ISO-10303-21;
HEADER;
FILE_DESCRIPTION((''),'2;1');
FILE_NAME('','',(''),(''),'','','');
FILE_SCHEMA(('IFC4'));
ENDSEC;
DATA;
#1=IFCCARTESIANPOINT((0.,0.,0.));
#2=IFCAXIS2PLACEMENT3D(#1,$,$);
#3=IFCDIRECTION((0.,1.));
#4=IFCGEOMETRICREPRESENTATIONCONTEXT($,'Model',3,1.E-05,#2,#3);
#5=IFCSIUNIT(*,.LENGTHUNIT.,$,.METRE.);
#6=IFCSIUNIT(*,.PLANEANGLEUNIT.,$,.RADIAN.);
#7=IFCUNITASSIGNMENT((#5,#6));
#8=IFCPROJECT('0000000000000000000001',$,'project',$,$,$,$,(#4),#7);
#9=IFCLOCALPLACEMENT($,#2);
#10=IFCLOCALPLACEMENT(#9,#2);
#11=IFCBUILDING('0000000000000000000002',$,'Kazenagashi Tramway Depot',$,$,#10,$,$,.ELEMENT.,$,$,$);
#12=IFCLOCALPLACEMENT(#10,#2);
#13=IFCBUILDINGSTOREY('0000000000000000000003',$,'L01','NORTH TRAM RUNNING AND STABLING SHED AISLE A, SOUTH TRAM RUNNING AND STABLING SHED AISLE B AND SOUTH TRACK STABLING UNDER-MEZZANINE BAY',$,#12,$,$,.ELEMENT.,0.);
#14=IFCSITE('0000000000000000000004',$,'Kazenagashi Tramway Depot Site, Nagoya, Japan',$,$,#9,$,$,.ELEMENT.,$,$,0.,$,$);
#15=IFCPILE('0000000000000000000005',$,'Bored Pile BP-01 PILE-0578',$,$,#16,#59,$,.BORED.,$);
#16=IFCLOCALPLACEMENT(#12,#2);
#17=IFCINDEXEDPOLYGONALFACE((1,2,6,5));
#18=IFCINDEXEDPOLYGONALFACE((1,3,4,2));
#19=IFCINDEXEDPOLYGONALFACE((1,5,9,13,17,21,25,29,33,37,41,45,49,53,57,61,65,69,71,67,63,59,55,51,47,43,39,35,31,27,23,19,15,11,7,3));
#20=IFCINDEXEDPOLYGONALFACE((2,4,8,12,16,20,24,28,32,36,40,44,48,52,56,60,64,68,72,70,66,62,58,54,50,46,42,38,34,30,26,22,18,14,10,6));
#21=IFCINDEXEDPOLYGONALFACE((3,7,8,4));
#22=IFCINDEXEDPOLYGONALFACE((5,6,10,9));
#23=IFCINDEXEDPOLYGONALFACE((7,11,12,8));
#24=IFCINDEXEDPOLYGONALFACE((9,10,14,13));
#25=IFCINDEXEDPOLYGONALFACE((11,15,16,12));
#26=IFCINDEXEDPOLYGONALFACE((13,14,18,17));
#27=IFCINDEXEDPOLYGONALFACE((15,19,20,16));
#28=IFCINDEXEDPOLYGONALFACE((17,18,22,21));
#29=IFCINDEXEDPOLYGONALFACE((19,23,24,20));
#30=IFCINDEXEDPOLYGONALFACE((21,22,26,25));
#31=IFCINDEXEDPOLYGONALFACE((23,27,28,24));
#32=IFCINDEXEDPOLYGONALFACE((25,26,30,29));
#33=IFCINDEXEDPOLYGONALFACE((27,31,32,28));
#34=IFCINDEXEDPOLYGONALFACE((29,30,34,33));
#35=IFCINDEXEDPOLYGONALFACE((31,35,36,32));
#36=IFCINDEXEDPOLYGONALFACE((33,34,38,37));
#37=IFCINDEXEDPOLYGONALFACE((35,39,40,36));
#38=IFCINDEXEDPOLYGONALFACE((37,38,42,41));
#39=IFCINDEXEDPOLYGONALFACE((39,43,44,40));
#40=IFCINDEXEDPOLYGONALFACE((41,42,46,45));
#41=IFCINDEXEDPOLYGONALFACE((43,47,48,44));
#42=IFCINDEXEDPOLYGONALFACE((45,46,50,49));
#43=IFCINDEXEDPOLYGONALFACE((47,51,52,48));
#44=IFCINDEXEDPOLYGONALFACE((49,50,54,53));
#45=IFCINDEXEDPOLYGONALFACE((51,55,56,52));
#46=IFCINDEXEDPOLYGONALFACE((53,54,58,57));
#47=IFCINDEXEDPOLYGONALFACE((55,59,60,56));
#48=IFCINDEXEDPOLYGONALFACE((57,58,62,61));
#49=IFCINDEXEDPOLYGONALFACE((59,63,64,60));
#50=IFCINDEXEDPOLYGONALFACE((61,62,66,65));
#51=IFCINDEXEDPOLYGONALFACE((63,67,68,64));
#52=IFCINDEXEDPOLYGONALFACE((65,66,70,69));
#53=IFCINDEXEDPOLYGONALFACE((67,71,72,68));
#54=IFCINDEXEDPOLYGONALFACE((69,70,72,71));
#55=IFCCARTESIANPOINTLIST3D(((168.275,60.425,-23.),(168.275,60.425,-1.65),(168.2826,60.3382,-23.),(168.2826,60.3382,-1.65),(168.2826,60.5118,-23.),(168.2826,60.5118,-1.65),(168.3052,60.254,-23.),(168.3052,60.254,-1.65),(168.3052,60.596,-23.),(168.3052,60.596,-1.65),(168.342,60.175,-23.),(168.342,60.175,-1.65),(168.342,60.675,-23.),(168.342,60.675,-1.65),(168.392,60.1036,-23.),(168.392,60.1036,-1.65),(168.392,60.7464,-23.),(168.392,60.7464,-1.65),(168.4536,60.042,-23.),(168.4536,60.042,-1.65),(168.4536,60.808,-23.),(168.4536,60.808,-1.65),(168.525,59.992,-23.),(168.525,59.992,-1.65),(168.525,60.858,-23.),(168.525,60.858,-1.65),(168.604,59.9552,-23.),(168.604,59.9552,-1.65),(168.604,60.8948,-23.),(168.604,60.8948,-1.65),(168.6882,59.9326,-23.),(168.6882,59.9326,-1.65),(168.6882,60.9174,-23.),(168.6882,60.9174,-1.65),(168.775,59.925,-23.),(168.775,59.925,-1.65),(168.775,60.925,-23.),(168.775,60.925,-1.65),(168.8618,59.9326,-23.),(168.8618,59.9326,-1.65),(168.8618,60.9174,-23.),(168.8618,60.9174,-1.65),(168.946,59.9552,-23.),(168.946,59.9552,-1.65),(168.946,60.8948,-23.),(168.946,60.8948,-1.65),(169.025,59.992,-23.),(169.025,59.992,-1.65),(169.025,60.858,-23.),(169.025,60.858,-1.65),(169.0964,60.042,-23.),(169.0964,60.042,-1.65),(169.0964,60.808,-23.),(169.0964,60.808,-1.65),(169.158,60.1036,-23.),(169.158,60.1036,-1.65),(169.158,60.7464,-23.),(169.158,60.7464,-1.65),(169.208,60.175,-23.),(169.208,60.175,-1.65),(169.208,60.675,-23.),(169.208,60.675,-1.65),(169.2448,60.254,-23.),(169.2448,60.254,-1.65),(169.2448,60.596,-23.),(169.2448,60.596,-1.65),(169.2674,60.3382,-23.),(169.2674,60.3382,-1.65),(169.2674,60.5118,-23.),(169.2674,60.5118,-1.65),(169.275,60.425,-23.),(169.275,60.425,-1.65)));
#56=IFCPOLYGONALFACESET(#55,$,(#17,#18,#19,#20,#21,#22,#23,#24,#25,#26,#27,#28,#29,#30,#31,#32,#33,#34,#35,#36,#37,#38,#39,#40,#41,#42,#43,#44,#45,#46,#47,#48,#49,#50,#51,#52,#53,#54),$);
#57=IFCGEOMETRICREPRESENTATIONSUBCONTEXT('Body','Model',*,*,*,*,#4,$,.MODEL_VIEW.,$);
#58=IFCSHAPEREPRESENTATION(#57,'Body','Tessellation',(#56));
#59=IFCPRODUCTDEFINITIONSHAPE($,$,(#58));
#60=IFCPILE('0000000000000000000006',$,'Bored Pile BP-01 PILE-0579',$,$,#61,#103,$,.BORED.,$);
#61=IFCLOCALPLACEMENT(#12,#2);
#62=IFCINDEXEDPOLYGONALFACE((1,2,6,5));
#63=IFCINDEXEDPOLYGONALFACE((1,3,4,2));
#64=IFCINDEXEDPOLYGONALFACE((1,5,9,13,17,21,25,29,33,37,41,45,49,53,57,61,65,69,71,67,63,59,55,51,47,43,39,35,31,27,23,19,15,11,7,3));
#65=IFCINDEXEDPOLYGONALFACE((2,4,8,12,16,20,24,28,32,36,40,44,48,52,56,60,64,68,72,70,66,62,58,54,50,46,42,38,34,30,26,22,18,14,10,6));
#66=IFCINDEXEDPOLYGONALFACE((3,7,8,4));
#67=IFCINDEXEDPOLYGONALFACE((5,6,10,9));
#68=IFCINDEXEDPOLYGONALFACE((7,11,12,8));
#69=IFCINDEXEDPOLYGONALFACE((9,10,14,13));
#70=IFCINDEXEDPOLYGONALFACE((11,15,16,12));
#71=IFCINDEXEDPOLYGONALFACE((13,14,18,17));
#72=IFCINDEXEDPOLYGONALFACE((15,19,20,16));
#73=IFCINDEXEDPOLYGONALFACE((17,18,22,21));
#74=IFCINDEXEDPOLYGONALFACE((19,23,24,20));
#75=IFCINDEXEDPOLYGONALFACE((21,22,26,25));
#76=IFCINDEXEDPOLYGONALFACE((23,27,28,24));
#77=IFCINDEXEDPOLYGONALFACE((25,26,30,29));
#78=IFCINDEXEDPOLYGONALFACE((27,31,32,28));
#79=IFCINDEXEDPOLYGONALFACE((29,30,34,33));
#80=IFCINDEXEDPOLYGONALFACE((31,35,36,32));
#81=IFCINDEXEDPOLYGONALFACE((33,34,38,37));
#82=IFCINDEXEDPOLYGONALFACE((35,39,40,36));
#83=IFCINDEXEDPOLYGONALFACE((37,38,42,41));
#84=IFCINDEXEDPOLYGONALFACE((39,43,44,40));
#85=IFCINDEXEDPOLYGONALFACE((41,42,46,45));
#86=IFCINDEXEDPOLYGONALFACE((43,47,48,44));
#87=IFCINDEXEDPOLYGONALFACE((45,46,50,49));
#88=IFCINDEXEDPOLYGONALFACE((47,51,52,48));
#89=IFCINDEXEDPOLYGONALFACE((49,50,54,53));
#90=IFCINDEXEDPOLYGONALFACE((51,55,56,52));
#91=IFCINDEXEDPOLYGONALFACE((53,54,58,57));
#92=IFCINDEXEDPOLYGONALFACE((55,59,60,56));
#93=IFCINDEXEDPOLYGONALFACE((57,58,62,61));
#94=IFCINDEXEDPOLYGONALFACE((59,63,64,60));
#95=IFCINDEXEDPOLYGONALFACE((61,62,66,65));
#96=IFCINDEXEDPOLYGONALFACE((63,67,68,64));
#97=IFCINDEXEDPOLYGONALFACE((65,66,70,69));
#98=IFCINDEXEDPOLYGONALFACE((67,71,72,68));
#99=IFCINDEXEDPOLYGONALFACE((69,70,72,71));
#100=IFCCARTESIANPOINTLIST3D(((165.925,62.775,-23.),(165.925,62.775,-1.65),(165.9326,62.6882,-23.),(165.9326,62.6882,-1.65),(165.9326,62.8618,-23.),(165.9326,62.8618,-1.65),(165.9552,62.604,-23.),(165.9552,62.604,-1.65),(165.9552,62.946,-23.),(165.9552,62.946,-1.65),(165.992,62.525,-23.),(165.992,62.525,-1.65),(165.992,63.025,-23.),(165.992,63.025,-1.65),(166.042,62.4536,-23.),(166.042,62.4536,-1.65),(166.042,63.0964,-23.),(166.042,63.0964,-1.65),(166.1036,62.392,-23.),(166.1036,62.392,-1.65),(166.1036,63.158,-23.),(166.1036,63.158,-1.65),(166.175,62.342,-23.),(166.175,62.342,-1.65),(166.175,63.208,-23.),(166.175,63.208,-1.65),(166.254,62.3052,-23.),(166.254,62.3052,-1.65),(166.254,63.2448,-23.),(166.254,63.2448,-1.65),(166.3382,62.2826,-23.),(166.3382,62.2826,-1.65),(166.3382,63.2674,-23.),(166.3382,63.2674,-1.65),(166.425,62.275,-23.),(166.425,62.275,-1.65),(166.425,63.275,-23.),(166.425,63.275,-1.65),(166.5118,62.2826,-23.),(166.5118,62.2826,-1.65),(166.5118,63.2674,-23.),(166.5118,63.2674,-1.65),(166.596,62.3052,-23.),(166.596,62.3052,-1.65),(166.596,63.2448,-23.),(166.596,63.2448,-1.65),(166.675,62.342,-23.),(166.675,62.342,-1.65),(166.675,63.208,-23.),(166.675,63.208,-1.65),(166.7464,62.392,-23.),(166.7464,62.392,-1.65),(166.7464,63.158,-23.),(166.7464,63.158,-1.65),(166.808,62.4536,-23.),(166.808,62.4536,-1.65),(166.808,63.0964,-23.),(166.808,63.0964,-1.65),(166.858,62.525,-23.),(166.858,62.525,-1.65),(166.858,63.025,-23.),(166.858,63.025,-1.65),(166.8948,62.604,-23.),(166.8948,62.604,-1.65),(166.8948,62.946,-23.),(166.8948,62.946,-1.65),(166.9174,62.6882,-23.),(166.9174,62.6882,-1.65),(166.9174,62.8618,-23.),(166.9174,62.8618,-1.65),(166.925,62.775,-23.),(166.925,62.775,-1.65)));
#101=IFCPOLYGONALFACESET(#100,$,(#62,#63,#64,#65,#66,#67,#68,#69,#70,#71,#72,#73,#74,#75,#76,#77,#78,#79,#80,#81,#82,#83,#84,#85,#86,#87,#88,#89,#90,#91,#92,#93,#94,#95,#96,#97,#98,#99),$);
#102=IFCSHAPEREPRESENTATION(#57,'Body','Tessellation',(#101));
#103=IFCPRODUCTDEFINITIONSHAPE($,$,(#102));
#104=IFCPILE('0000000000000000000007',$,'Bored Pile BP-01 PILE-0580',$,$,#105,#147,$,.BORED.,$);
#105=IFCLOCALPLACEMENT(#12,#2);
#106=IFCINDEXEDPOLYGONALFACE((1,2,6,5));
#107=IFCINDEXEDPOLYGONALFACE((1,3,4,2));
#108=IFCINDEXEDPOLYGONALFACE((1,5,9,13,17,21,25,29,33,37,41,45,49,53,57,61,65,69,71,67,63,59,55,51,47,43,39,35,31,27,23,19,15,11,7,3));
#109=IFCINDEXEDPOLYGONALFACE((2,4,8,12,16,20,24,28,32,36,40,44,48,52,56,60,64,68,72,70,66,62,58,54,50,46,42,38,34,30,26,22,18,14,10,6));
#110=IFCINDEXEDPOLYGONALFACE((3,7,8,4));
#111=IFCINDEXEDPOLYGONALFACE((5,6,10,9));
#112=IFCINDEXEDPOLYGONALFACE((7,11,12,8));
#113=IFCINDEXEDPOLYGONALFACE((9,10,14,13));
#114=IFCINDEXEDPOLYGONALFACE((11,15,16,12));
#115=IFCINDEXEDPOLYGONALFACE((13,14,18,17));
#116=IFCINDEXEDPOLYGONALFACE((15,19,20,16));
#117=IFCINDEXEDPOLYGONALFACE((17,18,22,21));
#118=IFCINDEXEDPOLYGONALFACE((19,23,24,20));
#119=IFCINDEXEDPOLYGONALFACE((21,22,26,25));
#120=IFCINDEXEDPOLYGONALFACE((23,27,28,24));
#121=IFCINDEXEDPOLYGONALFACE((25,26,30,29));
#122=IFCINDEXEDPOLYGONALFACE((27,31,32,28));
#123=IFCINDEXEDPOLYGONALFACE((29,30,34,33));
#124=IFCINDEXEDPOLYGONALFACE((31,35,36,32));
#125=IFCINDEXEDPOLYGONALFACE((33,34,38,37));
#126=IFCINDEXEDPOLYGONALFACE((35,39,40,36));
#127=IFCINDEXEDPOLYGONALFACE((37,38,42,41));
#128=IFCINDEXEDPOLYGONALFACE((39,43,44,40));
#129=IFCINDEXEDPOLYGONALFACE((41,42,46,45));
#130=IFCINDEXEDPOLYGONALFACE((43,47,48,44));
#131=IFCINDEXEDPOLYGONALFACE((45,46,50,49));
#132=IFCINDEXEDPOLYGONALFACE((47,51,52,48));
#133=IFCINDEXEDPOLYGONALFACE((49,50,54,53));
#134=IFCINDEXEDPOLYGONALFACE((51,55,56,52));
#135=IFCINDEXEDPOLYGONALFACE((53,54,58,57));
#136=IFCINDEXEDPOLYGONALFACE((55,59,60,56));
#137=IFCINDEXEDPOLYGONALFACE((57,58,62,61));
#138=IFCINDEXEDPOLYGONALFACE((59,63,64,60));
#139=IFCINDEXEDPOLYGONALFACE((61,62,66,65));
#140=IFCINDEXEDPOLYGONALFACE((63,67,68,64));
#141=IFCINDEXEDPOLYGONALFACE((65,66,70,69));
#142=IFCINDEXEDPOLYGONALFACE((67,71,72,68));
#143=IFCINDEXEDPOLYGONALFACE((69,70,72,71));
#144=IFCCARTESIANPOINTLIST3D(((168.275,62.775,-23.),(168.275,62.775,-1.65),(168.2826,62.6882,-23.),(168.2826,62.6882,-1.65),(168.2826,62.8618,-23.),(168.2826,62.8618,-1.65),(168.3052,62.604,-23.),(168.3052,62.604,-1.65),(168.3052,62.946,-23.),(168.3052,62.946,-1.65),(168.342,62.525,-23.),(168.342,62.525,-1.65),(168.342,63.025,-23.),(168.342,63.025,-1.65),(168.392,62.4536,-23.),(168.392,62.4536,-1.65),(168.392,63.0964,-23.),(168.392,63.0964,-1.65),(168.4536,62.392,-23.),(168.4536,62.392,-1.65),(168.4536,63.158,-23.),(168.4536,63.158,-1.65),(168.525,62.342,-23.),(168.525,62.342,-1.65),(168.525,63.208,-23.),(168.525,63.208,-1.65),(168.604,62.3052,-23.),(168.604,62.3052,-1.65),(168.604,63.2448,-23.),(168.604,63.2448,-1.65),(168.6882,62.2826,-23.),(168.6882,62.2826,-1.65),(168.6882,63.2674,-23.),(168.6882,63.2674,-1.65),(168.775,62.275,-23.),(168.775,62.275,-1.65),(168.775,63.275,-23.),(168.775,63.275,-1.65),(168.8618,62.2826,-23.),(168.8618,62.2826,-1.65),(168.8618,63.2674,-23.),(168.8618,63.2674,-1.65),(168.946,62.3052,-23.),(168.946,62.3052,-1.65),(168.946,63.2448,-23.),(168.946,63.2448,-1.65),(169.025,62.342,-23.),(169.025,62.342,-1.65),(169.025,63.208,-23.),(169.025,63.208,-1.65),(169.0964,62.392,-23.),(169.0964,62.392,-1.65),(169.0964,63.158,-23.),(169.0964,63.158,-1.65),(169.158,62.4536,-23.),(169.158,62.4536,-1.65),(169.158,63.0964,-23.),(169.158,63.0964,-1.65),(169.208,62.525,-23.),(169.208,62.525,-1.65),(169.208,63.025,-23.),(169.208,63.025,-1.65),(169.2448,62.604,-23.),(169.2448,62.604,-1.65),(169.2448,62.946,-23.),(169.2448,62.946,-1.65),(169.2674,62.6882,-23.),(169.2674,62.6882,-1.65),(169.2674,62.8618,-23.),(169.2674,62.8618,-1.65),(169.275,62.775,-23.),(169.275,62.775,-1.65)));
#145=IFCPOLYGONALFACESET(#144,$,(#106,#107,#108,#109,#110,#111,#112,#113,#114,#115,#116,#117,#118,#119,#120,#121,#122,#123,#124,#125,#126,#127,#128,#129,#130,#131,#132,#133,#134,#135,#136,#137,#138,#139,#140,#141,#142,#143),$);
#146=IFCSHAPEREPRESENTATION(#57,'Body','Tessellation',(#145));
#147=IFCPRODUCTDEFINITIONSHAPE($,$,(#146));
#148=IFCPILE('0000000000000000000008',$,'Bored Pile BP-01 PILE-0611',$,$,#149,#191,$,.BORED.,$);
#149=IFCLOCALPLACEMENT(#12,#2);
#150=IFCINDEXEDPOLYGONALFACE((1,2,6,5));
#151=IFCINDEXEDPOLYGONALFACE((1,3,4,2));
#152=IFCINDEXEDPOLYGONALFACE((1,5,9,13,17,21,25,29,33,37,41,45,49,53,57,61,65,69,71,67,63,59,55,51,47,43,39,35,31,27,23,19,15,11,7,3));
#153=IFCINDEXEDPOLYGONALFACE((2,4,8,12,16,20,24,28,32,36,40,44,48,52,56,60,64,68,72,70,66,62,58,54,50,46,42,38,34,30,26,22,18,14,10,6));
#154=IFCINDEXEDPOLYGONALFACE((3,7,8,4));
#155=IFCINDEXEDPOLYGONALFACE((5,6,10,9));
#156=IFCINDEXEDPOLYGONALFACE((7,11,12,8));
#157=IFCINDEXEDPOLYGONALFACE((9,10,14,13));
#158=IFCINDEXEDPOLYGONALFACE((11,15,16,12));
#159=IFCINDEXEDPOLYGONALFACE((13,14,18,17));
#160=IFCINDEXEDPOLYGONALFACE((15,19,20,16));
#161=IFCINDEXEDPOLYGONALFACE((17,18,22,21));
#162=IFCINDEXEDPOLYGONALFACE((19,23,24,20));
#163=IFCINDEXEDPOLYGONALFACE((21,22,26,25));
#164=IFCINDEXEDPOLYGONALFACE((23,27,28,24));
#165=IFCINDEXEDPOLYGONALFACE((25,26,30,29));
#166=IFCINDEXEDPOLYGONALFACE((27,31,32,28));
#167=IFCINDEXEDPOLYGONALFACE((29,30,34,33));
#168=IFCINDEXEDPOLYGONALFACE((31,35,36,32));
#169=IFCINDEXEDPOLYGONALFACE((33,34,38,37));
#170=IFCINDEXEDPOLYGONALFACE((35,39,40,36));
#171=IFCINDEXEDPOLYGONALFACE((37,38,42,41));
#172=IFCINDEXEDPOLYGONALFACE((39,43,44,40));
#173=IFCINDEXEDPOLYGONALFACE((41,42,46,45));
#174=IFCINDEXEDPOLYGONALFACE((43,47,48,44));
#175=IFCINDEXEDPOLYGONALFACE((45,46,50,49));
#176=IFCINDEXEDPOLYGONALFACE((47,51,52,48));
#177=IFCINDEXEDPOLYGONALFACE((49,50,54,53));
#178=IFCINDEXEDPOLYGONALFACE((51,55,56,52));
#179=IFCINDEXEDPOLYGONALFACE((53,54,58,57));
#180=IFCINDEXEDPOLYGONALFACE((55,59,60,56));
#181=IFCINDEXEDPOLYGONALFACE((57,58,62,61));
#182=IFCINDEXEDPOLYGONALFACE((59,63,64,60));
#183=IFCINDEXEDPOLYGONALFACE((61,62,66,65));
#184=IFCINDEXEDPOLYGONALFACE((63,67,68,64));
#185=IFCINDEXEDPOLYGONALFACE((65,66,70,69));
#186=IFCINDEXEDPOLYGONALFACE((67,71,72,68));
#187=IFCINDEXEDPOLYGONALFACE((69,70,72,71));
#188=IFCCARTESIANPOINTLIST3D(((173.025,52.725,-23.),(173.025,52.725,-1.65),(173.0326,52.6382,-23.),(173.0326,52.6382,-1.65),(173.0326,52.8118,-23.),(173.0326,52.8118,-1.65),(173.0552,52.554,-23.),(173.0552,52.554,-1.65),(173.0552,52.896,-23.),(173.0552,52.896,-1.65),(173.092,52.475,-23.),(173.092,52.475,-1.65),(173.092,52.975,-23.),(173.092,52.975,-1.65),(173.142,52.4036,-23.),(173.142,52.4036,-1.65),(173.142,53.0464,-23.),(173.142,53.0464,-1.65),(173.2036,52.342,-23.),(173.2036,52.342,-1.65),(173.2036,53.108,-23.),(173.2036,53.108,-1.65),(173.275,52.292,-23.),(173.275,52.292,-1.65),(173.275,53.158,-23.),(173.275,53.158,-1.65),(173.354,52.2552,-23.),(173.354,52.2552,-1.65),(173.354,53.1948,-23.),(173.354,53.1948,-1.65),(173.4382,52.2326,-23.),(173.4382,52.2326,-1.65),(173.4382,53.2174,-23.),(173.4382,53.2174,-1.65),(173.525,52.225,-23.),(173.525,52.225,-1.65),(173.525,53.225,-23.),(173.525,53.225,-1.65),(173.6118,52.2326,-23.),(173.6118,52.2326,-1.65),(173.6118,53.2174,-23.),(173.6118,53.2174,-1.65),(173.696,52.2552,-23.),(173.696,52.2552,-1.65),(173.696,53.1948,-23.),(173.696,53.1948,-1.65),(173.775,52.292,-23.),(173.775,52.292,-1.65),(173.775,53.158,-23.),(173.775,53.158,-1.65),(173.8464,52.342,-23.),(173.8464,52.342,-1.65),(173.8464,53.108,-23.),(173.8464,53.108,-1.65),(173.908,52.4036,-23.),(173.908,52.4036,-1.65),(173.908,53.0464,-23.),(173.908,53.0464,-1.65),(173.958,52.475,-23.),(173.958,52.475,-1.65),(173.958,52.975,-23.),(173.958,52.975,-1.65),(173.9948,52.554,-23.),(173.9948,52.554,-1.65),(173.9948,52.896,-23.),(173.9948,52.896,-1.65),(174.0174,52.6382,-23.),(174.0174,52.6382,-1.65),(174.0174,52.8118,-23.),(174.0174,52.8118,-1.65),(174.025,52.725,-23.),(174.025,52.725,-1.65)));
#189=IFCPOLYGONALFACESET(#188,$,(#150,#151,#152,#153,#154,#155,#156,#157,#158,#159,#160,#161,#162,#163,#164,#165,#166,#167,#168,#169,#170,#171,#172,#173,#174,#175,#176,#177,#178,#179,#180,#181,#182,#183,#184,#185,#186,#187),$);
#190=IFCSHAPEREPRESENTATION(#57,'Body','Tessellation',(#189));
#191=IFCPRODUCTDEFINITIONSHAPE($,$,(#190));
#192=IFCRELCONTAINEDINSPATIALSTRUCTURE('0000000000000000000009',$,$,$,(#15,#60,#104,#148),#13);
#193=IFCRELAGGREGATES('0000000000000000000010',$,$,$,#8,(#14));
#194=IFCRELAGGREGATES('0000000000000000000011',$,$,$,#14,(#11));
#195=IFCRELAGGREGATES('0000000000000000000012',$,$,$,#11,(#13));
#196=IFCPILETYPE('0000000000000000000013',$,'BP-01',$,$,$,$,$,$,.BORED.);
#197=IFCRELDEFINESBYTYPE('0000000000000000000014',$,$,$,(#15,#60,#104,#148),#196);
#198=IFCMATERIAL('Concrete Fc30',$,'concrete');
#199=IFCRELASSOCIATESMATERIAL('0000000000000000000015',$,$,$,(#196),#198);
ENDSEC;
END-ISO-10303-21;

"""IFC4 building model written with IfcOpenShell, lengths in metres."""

from ifc_helpers import new_model, si_unit, direction, frame, origin, origin_2d, place, context, subcontext, project, spatial, circle, extrude, material, material_profile, profile_set, type_object, element, save


model = new_model("IFC4")

# Units and contexts
model_context = context("Model", 3, precision=1e-05, world=origin(), true_north=direction((0.0, 1.0)))
body_context = subcontext(model_context, "Body", "Model", "MODEL_VIEW")
ifc_project = project(units=[si_unit("LENGTHUNIT", "METRE"), si_unit("PLANEANGLEUNIT", "RADIAN")], contexts=[model_context])

# Site, building, storey
site_placement = place(None, origin())
site = spatial("IfcSite", under=ifc_project, at=site_placement, Name="Kazenagashi Tramway Depot Site, Nagoya, Japan", CompositionType="ELEMENT", RefElevation=0.0)
building_placement = place(site_placement, origin())
building = spatial("IfcBuilding", under=site, at=building_placement, Name="Kazenagashi Tramway Depot", CompositionType="ELEMENT")
storey_placement = place(building_placement, origin())
storey = spatial("IfcBuildingStorey", under=building, at=storey_placement, Name="L01", Description="NORTH TRAM RUNNING AND STABLING SHED AISLE A, SOUTH TRAM RUNNING AND STABLING SHED AISLE B AND SOUTH TRACK STABLING UNDER-MEZZANINE BAY", CompositionType="ELEMENT", Elevation=0.0)

# Piles
ifc_material_1 = material(Name="Concrete Fc30", Category="concrete")
ifc_material_profile_1 = material_profile(ifc_material_1, circle(Radius=0.5, at=origin_2d()), Name="PILE-1000")
ifc_profile_set_1 = profile_set([ifc_material_profile_1], Name="Concrete Fc30")
pile_type = type_object("IfcPileType", Name="BP-01", PredefinedType="BORED", material=ifc_profile_set_1)
for number, where, z_axis, x_axis, name in (
    (1, (168.775, 60.425, -1.65), (0.0, 0.0, -1.0), (1.0, 0.0, 0.0), "Bored Pile BP-01 PILE-0578"),
    (2, (166.425, 62.775, -1.65), (0.0, 0.0, -1.0), (1.0, 0.0, 0.0), "Bored Pile BP-01 PILE-0579"),
    (3, (168.775, 62.775, -1.65), (0.0, 0.0, -1.0), (1.0, 0.0, 0.0), "Bored Pile BP-01 PILE-0580"),
    (4, (173.525, 52.725, -1.65), (0.0, 0.0, -1.0), (1.0, 0.0, 0.0), "Bored Pile BP-01 PILE-0611"),
):
    element("IfcPile", number, at=place(storey_placement, frame(where, z_axis=z_axis, x_axis=x_axis)), inside=storey, type_object=pile_type, Name=name, PredefinedType="BORED", context=body_context, shape_type="SweptSolid", body=[
        extrude(circle(Radius=0.5, at=origin_2d()), origin(), (0.0, 0.0, 1.0), 21.35),
    ])

save(model, "model.ifc")
